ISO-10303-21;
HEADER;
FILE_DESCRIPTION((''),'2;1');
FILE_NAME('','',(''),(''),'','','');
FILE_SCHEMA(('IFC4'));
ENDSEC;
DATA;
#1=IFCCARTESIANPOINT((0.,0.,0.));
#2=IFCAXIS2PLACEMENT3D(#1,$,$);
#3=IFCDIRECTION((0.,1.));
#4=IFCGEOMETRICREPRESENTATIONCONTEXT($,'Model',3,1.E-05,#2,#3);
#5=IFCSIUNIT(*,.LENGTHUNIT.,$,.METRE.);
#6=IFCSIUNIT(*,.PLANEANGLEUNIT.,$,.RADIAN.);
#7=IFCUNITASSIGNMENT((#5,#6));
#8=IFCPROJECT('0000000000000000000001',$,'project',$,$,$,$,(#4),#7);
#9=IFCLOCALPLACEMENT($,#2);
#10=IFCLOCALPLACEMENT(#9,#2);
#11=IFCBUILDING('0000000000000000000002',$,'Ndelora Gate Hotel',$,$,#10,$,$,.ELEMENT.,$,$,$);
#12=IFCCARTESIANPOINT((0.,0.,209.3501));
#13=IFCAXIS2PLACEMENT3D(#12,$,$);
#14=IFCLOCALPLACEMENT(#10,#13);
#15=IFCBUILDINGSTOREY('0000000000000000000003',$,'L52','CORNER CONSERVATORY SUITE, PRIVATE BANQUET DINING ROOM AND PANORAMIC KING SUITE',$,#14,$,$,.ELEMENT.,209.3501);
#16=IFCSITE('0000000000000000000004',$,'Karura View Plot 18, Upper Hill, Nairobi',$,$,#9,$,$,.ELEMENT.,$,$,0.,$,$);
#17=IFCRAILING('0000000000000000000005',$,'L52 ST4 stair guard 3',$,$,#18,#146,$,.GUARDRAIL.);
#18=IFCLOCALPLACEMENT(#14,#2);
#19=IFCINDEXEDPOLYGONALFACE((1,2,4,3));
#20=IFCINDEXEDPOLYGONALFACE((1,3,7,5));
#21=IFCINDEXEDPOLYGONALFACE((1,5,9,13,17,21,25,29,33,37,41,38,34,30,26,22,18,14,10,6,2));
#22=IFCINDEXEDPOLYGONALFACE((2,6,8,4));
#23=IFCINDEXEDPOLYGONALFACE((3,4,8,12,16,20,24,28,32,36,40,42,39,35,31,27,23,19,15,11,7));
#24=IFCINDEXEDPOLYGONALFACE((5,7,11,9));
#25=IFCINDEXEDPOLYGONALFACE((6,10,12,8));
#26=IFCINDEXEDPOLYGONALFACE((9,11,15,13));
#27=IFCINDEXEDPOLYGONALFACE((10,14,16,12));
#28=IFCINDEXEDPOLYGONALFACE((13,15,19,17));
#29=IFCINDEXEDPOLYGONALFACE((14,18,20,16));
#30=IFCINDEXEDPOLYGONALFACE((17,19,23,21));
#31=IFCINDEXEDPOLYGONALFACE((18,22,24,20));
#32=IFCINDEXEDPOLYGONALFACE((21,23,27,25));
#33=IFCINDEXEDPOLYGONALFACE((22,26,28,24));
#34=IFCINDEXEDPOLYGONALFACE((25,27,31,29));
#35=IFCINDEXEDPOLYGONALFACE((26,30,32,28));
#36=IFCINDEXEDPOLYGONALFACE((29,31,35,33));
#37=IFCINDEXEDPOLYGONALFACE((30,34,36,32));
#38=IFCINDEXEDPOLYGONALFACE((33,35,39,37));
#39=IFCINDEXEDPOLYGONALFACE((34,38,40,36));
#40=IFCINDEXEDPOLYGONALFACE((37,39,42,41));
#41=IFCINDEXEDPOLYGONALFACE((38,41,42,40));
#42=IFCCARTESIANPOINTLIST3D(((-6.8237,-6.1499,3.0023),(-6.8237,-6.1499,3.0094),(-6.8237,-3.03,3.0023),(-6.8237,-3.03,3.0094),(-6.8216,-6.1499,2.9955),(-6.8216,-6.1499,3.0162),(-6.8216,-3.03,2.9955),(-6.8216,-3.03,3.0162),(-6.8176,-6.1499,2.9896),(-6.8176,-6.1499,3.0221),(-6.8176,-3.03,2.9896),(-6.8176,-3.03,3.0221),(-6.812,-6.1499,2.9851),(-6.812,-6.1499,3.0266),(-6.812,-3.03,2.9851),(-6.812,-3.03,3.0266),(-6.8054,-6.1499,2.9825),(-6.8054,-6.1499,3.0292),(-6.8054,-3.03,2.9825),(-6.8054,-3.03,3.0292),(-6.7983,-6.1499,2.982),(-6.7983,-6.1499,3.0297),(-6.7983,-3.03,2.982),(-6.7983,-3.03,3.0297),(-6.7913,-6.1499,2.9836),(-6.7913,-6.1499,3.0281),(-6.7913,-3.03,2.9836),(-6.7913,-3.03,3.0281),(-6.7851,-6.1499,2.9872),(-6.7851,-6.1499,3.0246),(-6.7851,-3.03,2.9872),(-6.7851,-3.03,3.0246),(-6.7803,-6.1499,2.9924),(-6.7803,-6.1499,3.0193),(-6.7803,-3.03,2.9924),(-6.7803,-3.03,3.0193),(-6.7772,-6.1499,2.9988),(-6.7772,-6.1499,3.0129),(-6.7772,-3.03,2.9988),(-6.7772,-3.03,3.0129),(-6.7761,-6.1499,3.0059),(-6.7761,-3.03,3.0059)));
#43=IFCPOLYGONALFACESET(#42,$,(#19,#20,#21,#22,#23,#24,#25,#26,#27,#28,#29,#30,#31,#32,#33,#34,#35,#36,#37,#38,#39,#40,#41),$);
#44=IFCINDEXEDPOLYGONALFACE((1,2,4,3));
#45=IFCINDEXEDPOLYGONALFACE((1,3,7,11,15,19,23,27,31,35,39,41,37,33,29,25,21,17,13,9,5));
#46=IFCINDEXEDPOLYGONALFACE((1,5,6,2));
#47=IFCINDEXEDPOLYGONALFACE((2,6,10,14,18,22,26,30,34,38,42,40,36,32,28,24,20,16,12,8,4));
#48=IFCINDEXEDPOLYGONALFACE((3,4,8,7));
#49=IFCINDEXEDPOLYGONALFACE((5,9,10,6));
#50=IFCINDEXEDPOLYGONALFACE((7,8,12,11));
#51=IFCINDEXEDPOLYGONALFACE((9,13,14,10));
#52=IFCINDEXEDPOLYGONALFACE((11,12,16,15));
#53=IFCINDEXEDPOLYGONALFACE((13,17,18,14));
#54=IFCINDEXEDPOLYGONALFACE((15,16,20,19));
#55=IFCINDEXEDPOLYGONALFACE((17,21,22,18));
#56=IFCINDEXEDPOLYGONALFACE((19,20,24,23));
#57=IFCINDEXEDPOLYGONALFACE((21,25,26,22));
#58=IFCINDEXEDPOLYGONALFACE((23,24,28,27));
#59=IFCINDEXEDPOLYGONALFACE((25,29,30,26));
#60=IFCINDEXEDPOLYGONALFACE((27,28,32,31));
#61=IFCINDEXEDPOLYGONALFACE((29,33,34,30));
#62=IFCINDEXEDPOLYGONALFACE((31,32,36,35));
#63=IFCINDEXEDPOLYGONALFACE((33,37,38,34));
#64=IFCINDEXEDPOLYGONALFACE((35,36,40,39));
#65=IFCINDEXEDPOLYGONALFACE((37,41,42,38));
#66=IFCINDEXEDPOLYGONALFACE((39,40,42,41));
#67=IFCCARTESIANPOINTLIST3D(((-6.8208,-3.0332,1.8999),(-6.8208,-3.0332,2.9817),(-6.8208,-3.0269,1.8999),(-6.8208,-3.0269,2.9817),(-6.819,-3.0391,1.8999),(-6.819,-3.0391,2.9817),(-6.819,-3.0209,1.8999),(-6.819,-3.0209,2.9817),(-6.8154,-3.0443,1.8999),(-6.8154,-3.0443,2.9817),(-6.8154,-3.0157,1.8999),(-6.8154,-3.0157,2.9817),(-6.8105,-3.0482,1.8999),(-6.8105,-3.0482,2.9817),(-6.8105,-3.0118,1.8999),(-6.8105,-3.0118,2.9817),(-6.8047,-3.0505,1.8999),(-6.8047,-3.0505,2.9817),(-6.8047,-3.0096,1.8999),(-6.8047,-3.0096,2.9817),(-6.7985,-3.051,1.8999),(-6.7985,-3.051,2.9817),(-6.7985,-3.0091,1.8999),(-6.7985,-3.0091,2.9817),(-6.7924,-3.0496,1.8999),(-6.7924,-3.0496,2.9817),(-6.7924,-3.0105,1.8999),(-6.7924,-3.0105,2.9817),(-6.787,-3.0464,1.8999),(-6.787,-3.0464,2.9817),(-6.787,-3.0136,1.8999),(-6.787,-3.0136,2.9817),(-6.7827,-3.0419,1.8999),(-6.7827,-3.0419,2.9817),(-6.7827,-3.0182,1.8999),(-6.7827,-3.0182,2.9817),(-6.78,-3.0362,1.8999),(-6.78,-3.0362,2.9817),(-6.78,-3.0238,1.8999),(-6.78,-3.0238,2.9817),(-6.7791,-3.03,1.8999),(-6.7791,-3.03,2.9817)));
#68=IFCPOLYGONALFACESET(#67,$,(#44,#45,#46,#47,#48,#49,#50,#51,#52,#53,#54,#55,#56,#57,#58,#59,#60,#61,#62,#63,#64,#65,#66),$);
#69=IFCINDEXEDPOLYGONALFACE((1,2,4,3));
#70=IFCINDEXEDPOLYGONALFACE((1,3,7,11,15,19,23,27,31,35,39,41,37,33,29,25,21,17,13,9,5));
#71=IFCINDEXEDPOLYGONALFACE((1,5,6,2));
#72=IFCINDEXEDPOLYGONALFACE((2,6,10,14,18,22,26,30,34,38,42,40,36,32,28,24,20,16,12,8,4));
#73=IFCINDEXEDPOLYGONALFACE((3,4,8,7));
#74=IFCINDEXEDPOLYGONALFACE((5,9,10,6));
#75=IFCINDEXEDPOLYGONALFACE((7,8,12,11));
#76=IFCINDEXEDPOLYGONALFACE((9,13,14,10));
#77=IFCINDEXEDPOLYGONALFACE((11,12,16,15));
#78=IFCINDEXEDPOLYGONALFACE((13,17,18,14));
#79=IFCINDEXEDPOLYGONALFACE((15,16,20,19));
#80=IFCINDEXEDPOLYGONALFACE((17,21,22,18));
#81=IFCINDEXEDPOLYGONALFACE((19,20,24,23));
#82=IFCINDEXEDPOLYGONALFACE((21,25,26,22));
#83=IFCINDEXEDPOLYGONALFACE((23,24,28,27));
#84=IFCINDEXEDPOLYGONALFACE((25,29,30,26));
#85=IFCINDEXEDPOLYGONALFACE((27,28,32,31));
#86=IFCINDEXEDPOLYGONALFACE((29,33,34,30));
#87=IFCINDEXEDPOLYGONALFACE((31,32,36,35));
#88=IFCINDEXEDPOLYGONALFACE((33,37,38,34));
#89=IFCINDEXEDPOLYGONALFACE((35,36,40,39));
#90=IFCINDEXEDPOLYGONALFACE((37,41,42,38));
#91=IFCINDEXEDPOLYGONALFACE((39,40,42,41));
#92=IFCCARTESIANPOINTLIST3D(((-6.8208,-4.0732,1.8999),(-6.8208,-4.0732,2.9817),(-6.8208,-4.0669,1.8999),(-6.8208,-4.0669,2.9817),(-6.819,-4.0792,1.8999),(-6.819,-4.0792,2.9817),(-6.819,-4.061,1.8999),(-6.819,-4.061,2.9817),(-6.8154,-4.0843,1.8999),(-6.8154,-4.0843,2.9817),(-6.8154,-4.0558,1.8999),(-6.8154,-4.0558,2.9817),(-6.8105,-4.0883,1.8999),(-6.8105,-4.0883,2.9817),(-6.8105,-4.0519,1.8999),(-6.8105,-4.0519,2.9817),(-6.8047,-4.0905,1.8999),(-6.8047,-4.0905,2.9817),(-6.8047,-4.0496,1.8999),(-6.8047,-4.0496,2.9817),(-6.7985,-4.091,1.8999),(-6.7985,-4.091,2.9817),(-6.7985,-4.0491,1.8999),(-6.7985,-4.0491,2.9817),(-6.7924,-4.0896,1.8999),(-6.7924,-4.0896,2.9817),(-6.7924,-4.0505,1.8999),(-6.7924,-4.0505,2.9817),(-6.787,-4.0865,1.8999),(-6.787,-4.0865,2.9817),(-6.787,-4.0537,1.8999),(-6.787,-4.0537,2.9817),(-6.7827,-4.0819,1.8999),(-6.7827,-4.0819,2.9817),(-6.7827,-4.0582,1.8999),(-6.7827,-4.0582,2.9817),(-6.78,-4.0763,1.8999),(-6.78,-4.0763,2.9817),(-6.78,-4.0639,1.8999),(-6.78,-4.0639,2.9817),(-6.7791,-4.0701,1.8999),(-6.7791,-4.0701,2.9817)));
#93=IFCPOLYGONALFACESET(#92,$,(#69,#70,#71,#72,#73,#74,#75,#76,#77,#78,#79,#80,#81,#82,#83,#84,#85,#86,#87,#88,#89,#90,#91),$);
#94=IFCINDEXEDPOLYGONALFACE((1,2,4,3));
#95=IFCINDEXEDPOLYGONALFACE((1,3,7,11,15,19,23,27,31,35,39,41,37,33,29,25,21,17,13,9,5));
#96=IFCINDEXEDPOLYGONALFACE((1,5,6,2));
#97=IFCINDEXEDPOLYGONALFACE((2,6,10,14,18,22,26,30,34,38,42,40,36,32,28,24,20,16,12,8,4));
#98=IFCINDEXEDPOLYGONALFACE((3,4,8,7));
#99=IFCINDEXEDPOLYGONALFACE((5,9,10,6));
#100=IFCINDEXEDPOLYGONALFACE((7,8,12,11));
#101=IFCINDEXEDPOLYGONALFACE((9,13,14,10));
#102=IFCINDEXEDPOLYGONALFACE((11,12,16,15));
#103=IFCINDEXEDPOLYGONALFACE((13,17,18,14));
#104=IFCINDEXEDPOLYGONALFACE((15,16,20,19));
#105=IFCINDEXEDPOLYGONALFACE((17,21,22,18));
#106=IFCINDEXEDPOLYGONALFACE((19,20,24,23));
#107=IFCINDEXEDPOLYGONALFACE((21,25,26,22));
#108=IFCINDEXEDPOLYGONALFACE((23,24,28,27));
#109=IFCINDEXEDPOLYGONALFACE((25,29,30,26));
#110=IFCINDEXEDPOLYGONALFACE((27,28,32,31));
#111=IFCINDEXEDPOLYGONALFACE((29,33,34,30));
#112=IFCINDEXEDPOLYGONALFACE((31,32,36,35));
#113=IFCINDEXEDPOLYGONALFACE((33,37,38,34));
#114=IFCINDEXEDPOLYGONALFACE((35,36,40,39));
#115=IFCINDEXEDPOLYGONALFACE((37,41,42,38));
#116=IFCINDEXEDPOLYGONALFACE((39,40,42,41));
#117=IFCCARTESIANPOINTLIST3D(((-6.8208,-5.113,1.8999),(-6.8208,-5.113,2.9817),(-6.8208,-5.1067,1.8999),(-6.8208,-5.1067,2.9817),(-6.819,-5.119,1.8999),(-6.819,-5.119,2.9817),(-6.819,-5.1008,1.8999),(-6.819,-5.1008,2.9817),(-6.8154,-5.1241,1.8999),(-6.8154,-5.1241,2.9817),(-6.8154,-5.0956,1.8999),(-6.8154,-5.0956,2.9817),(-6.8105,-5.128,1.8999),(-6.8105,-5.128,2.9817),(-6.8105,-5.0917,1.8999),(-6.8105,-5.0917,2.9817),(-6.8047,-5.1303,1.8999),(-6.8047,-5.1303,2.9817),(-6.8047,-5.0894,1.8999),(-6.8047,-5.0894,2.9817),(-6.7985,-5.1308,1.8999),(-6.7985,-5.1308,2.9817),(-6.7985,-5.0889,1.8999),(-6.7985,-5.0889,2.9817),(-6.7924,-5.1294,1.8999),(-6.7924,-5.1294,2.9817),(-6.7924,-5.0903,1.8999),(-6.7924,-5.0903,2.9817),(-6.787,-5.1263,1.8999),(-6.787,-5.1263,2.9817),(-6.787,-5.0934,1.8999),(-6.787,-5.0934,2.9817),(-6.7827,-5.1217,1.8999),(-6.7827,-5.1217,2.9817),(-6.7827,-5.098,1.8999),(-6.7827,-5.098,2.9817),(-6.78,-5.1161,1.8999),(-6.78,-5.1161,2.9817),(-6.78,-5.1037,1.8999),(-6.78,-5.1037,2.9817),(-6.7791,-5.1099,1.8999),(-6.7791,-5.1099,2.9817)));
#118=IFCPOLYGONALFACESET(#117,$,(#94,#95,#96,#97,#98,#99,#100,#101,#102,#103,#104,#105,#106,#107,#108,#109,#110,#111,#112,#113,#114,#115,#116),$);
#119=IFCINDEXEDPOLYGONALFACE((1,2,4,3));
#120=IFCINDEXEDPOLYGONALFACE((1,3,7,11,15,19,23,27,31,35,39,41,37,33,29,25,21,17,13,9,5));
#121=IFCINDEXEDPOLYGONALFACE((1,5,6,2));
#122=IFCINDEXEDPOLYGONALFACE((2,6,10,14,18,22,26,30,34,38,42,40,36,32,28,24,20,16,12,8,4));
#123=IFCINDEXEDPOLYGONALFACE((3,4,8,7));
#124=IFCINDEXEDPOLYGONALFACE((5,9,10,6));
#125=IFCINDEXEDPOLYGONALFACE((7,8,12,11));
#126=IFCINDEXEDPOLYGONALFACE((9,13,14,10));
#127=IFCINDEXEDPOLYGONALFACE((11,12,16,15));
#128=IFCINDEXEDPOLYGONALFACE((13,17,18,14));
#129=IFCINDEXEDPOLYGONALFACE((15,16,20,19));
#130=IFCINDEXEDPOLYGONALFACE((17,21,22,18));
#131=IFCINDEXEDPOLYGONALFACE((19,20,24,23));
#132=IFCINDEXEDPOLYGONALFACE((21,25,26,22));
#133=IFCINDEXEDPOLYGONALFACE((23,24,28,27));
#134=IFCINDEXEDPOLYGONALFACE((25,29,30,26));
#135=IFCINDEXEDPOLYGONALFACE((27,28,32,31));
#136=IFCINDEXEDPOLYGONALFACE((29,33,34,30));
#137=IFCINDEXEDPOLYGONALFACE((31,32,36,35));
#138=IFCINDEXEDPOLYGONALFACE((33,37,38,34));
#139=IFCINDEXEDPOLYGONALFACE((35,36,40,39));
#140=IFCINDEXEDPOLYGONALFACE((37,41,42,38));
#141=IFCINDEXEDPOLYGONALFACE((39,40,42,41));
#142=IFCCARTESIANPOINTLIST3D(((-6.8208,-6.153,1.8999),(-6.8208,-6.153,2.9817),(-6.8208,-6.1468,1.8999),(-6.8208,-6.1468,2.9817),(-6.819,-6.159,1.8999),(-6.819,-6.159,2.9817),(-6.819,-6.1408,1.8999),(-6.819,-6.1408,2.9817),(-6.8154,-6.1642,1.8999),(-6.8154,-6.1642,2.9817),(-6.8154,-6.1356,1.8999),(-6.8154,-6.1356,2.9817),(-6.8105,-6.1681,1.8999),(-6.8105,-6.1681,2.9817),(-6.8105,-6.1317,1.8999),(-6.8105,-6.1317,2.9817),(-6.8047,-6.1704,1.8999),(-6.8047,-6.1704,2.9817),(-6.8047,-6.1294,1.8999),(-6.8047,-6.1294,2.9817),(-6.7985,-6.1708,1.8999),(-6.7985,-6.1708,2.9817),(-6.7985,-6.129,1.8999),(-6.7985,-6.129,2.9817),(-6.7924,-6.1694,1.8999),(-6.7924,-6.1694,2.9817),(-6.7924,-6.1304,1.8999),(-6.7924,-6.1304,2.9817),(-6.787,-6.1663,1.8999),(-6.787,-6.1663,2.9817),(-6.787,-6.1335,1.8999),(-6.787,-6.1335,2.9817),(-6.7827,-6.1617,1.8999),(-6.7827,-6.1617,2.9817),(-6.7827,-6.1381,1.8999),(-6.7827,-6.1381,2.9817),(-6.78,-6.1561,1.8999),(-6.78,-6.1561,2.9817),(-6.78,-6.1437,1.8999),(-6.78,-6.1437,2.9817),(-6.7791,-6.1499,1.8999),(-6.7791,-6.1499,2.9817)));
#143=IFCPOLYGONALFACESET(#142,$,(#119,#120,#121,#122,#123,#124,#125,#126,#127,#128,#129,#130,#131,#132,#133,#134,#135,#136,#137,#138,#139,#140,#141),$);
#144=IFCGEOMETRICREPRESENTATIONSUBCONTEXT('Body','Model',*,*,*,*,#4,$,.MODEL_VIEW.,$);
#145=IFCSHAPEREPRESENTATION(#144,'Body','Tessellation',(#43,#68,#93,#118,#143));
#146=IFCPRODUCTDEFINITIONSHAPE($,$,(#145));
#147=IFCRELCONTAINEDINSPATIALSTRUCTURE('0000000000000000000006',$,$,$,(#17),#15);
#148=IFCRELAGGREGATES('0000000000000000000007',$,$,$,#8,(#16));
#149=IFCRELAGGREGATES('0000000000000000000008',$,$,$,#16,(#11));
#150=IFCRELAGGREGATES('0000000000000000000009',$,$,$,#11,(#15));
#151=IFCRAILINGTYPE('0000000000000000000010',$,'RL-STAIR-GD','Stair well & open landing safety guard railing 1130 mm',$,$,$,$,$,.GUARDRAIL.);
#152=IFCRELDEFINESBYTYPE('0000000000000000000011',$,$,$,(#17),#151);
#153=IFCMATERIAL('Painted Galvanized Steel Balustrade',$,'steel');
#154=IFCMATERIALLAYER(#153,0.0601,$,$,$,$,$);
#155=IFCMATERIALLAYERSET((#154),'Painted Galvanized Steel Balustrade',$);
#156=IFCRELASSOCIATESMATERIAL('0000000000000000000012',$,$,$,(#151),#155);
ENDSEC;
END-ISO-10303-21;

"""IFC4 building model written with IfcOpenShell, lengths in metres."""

from ifc_helpers import new_model, si_unit, direction, frame, origin, origin_2d, place, context, subcontext, project, spatial, circle, extrude, material, layer, layer_set, type_object, element, save


model = new_model("IFC4")

# Units and contexts
model_context = context("Model", 3, precision=1e-05, world=origin(), true_north=direction((0.0, 1.0)))
body_context = subcontext(model_context, "Body", "Model", "MODEL_VIEW")
ifc_project = project(units=[si_unit("LENGTHUNIT", "METRE"), si_unit("PLANEANGLEUNIT", "RADIAN")], contexts=[model_context])

# Site, building, storey
site_placement = place(None, origin())
site = spatial("IfcSite", under=ifc_project, at=site_placement, Name="Karura View Plot 18, Upper Hill, Nairobi", CompositionType="ELEMENT", RefElevation=0.0)
building_placement = place(site_placement, origin())
building = spatial("IfcBuilding", under=site, at=building_placement, Name="Ndelora Gate Hotel", CompositionType="ELEMENT")
storey_placement = place(building_placement, frame((0.0, 0.0, 209.3501)))
storey = spatial("IfcBuildingStorey", under=building, at=storey_placement, Name="L52", Description="CORNER CONSERVATORY SUITE, PRIVATE BANQUET DINING ROOM AND PANORAMIC KING SUITE", CompositionType="ELEMENT", Elevation=209.3501)

# Railing
ifc_material_1 = material(Name="Painted Galvanized Steel Balustrade", Category="steel")
ifc_layer_1 = layer(ifc_material_1, 0.0601)
ifc_layer_set_1 = layer_set([ifc_layer_1], Name="Painted Galvanized Steel Balustrade")
railing_type_1 = type_object("IfcRailingType", Name="RL-STAIR-GD", Description="Stair well & open landing safety guard railing 1130 mm", PredefinedType="GUARDRAIL", material=ifc_layer_set_1)
for number, where, name in (
    (1, (-6.8, -3.03, 1.8999), "L52 ST4 stair guard 3"),
):
    element("IfcRailing", number, at=place(storey_placement, frame(where)), inside=storey, type_object=railing_type_1, Name=name, PredefinedType="GUARDRAIL", context=body_context, shape_type="SweptSolid", body=[
        extrude(circle(Radius=0.0239, at=origin_2d()), frame((0.0, 0.0, 1.106), z_axis=(0.0, -1.0, 0.0), x_axis=(1.0, 0.0, 0.0)), (0.0, 0.0, 1.0), 3.1199),
        extrude(circle(Radius=0.021, at=origin_2d()), origin(), (0.0, 0.0, 1.0), 1.0818),
        extrude(circle(Radius=0.021, at=origin_2d()), frame((0.0, -1.04, 0.0)), (0.0, 0.0, 1.0), 1.0818),
        extrude(circle(Radius=0.021, at=origin_2d()), frame((0.0, -2.0798, 0.0)), (0.0, 0.0, 1.0), 1.0818),
        extrude(circle(Radius=0.021, at=origin_2d()), frame((0.0, -3.1199, 0.0)), (0.0, 0.0, 1.0), 1.0818),
    ])

save(model, "model.ifc")
